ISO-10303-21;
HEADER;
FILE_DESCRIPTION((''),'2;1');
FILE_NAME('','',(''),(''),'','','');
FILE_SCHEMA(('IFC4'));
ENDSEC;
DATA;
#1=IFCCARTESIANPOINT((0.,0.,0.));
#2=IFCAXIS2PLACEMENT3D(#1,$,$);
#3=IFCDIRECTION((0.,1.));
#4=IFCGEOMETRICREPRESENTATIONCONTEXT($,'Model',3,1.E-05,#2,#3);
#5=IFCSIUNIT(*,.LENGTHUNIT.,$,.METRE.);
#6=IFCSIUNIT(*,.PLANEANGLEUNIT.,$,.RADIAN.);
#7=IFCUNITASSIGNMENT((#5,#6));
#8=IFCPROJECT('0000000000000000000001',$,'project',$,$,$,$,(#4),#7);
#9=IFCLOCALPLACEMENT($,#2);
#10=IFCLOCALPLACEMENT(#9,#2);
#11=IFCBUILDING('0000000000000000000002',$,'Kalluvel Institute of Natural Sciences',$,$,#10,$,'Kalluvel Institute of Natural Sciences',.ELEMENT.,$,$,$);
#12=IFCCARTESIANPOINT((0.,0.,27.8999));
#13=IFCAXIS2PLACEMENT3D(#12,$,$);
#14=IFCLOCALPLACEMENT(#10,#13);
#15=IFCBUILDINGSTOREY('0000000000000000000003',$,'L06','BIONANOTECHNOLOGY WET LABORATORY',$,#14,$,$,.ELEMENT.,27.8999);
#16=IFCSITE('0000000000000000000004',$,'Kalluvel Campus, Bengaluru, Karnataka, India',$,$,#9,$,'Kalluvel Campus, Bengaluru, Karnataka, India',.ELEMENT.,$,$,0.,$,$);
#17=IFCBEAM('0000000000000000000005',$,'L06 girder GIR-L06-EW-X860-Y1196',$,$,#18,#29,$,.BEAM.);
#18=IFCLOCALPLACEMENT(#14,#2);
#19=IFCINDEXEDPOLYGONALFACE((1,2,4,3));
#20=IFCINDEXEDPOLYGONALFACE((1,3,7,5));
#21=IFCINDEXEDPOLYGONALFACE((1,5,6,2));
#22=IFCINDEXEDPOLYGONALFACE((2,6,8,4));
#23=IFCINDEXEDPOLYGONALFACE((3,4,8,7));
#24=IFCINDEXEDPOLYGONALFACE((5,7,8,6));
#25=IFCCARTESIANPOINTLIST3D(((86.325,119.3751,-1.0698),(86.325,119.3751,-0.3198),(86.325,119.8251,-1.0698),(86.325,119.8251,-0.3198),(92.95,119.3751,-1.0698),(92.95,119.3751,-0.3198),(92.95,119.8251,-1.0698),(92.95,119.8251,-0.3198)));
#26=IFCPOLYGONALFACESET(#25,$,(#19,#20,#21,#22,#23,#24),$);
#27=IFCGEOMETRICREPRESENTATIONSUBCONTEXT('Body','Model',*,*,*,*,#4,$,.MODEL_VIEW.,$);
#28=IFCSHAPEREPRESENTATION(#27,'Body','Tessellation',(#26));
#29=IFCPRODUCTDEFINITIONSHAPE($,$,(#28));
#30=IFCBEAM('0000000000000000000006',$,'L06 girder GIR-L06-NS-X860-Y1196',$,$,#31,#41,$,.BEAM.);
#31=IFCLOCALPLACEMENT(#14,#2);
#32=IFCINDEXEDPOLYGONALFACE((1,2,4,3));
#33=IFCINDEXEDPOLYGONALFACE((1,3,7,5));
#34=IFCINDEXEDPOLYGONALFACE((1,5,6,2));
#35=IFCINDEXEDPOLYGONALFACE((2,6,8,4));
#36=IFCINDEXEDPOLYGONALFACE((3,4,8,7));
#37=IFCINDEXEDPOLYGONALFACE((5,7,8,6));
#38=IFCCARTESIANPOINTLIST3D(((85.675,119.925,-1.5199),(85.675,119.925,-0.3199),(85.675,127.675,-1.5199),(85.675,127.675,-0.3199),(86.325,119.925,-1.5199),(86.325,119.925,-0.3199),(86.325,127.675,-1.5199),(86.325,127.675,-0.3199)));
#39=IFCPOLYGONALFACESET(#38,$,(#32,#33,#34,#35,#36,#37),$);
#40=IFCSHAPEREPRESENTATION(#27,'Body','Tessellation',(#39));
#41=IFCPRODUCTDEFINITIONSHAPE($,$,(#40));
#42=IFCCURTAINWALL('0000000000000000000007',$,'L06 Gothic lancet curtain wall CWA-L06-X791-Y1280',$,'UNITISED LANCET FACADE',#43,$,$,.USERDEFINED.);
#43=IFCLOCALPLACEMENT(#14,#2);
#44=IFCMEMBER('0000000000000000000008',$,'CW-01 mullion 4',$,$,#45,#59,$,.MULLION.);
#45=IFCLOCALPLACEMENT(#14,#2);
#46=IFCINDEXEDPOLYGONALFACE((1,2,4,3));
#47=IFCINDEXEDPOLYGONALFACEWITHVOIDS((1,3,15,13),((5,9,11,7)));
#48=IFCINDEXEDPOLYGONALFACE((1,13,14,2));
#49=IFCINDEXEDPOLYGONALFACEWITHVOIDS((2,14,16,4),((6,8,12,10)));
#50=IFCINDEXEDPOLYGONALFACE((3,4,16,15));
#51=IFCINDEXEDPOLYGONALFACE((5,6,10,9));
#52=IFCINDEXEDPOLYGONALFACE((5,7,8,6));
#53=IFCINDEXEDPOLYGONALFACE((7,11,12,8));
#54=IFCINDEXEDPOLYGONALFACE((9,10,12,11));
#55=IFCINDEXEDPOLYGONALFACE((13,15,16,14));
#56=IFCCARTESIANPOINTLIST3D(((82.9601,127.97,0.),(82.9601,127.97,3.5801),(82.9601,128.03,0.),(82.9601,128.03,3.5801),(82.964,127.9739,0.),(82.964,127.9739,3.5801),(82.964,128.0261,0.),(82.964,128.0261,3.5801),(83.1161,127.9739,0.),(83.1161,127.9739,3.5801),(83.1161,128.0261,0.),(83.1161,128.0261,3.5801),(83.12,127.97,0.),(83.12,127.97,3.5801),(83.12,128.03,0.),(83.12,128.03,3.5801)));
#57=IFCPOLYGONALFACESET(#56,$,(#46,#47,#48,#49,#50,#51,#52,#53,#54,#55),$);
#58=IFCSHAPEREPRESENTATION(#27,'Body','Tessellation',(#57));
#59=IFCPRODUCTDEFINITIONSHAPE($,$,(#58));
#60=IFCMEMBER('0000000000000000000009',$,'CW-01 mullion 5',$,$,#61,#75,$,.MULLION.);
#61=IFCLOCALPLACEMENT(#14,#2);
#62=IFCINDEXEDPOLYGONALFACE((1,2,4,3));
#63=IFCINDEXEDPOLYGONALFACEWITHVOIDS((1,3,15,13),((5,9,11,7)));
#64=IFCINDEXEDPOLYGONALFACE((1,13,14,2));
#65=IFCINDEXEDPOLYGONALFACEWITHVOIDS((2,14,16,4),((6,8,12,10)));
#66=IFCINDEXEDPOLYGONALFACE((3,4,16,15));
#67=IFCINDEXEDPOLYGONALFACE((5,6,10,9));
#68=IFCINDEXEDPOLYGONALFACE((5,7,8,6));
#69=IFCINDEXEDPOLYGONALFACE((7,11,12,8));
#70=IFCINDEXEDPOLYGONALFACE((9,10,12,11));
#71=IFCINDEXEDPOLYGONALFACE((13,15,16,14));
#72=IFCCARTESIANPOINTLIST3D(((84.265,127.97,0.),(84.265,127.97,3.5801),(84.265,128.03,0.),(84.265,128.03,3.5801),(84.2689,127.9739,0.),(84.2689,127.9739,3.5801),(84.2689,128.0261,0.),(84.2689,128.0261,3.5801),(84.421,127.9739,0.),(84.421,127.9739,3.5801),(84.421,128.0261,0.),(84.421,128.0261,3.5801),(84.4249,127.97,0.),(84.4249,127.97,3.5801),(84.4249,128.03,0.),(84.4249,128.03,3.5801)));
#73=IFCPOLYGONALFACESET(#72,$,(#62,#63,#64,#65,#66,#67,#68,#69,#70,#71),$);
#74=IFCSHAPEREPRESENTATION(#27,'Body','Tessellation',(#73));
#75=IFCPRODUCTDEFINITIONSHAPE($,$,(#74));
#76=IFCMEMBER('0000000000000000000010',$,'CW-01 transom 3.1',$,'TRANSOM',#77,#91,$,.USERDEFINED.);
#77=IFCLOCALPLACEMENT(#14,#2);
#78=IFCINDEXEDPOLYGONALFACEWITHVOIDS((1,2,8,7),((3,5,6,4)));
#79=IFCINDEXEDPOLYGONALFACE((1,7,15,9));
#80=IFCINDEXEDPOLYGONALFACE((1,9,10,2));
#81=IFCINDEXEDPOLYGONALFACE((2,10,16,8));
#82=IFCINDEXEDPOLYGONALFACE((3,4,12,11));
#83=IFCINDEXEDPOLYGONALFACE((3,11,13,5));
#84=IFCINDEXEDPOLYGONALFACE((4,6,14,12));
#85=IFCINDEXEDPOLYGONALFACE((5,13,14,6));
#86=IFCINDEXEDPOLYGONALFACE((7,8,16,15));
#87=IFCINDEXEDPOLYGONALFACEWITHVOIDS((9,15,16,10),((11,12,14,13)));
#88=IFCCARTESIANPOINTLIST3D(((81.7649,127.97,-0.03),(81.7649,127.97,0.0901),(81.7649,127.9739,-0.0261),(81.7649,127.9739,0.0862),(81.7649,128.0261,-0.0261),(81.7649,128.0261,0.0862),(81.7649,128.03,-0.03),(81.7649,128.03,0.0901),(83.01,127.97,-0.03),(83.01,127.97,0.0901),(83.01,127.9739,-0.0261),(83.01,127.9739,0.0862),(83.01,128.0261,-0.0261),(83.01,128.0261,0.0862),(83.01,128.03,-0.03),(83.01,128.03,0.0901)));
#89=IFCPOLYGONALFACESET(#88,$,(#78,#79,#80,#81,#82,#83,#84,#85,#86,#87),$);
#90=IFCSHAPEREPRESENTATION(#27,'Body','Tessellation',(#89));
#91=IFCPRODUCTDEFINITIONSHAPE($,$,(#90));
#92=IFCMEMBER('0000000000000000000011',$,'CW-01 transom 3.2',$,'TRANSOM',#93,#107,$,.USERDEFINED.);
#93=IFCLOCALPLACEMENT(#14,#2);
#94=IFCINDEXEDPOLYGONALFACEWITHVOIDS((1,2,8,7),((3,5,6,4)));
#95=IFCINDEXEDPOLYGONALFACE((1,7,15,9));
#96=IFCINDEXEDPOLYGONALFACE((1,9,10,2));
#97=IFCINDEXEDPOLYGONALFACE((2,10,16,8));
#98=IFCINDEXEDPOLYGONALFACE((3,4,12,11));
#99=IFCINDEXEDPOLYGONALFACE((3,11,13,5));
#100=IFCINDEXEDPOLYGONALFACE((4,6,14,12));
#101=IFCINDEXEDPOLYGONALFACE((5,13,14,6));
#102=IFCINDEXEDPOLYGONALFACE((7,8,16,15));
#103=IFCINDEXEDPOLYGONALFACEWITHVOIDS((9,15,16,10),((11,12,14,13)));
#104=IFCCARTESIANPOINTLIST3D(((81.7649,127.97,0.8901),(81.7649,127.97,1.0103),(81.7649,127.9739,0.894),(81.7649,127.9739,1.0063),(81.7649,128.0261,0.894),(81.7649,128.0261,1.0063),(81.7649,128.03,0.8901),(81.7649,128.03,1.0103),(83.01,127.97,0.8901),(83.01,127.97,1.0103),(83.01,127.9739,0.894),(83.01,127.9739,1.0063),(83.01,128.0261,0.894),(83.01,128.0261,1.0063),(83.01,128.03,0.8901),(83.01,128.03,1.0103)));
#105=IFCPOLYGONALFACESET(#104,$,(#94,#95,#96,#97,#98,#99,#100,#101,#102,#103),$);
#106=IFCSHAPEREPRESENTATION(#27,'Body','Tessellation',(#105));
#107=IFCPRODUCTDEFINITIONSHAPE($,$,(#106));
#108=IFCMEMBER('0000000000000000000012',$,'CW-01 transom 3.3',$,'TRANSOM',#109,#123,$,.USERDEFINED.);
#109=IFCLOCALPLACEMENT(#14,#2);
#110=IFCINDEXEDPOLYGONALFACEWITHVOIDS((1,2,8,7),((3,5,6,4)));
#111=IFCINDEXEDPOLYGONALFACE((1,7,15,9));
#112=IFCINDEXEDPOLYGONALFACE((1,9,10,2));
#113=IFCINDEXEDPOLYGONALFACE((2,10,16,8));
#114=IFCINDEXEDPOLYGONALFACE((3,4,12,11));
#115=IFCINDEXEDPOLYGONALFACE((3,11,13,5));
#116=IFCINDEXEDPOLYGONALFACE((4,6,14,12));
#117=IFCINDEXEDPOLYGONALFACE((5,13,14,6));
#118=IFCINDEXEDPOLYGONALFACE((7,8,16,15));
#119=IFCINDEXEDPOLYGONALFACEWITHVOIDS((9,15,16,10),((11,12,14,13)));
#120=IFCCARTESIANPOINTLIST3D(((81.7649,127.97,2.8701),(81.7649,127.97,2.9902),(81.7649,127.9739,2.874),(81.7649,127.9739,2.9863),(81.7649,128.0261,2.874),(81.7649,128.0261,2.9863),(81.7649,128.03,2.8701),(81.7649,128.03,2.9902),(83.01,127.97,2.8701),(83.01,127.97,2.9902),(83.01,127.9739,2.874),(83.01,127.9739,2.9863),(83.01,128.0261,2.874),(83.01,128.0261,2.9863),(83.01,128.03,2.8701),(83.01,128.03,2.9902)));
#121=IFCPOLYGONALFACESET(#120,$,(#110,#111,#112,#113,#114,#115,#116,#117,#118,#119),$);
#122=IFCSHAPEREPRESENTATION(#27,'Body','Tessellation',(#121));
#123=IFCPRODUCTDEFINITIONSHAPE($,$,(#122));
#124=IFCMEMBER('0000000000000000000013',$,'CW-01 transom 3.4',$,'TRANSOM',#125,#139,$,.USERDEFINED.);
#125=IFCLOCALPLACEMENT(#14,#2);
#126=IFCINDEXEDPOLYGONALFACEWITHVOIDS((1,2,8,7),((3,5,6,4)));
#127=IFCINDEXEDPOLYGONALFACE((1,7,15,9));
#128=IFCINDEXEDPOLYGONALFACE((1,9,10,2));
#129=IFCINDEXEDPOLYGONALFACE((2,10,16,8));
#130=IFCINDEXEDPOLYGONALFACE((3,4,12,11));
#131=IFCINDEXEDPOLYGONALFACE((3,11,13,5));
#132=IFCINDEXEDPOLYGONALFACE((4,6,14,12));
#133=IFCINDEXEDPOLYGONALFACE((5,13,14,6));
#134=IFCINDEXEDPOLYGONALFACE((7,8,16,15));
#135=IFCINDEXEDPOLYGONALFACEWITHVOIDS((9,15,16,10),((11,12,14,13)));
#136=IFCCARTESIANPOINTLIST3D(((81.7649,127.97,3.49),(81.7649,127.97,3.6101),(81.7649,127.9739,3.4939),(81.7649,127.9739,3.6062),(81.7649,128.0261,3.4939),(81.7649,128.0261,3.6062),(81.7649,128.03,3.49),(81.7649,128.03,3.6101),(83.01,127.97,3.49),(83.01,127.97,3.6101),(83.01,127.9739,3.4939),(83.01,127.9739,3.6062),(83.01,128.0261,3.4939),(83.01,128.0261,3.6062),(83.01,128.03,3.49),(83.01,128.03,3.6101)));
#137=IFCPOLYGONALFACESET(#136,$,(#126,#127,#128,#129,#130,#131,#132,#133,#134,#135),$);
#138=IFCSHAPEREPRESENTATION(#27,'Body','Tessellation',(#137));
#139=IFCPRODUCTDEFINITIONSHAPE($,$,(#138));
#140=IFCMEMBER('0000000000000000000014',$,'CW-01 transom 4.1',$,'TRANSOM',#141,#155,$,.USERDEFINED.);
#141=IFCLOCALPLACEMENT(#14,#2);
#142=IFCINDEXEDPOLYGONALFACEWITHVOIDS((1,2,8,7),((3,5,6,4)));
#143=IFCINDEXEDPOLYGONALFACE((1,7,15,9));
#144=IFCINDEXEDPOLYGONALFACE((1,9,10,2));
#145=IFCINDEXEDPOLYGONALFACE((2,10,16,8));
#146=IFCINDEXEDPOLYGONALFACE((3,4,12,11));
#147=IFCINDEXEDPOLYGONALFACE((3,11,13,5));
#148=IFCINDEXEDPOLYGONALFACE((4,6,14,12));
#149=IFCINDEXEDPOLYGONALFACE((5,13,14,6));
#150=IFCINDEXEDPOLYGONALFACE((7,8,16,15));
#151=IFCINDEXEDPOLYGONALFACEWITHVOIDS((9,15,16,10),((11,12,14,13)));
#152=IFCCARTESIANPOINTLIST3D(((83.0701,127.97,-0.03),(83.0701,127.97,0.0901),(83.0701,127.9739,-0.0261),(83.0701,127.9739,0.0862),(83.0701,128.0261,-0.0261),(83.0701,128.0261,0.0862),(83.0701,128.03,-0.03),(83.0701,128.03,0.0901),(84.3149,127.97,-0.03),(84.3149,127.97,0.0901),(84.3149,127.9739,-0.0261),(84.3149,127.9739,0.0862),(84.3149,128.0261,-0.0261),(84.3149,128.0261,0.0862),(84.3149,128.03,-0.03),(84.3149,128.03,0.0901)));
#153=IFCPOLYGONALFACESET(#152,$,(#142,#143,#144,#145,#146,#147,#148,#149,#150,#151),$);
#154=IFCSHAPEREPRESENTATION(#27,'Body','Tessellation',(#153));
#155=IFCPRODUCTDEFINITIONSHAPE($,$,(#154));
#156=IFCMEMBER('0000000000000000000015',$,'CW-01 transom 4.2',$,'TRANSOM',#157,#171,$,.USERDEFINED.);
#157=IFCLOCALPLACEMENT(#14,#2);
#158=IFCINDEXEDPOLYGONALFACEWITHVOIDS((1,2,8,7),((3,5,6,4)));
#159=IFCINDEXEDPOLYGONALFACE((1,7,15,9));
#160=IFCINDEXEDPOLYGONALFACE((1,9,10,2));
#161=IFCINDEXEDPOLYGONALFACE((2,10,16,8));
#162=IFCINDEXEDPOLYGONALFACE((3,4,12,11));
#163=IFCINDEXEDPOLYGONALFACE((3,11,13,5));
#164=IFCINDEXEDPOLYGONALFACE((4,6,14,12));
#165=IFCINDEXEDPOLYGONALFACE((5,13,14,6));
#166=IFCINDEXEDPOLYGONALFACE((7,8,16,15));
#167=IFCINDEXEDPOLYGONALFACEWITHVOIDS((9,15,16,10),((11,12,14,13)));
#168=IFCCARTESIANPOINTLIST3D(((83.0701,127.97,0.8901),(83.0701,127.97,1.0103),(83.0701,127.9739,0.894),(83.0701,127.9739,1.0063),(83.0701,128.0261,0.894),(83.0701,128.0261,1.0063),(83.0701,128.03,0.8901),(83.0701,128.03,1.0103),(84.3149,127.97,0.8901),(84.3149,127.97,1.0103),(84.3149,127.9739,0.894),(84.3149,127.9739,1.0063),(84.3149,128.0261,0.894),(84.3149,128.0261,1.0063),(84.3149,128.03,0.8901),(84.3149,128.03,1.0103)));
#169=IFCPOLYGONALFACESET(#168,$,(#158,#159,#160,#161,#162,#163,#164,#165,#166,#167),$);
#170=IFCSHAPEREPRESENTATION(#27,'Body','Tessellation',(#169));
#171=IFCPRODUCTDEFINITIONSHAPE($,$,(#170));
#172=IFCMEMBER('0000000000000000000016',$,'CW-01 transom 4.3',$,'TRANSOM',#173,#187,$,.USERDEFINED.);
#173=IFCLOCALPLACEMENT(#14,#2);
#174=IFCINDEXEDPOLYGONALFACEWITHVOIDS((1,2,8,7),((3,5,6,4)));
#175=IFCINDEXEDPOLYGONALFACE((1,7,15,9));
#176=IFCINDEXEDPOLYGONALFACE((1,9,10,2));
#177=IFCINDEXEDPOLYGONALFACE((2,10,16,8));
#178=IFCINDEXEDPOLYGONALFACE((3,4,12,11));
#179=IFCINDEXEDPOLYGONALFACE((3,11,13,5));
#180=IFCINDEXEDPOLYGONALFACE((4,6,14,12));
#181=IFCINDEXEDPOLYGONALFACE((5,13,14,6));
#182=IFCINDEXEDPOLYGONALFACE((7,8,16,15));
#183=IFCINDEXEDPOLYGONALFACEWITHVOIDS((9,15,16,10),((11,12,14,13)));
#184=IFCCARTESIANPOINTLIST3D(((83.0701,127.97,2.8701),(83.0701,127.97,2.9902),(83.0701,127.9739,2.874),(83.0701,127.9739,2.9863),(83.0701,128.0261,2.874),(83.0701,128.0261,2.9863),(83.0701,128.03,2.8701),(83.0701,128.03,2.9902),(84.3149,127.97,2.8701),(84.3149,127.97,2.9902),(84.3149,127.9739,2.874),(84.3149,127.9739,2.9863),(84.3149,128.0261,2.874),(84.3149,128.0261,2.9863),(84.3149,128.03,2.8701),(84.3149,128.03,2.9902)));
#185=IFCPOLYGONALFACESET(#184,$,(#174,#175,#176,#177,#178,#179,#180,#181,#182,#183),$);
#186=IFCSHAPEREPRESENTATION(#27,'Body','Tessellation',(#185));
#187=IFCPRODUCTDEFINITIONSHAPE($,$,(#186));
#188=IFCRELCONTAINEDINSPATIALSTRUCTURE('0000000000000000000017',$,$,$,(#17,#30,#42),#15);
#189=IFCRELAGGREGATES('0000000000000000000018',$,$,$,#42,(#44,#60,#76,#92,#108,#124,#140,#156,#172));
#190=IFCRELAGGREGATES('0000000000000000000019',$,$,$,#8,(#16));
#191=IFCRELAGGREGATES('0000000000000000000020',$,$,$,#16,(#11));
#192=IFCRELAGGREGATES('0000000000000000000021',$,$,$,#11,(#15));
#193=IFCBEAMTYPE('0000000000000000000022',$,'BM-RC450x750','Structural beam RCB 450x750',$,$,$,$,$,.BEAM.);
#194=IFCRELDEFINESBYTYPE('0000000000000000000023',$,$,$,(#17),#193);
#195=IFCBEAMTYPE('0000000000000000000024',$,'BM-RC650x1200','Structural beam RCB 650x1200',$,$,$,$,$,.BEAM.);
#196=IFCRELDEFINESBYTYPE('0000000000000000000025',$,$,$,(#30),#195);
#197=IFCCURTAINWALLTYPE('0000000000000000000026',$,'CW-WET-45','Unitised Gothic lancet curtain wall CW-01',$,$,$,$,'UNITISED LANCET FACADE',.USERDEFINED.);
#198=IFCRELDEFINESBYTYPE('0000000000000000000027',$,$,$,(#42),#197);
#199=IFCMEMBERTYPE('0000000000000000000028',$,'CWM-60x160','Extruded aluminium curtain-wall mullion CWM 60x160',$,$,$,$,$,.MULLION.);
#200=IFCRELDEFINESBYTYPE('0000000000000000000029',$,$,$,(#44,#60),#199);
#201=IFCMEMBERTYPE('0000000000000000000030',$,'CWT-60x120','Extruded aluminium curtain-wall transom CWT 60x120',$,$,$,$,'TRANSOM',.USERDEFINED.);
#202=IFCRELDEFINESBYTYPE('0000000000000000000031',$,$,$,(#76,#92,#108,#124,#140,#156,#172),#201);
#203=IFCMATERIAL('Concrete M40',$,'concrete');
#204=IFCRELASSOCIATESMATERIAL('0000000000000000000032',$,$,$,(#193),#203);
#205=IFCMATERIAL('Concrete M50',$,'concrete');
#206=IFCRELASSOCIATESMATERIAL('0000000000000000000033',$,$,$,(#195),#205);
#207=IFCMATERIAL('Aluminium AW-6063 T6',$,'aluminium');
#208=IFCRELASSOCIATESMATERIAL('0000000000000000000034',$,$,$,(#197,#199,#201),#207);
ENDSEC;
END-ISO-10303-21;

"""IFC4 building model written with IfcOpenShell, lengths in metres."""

from ifc_helpers import new_model, si_unit, direction, frame, origin, origin_2d, place, context, subcontext, project, spatial, rectangle, hollow_rectangle, extrude, material, material_profile, profile_set, type_object, element, aggregate, save


model = new_model("IFC4")

# Units and contexts
model_context = context("Model", 3, precision=1e-05, world=origin(), true_north=direction((0.0, 1.0)))
body_context = subcontext(model_context, "Body", "Model", "MODEL_VIEW")
ifc_project = project(units=[si_unit("LENGTHUNIT", "METRE"), si_unit("PLANEANGLEUNIT", "RADIAN")], contexts=[model_context])

# Site, building, storey
site_placement = place(None, origin())
site = spatial("IfcSite", under=ifc_project, at=site_placement, Name="Kalluvel Campus, Bengaluru, Karnataka, India", LongName="Kalluvel Campus, Bengaluru, Karnataka, India", CompositionType="ELEMENT", RefElevation=0.0)
building_placement = place(site_placement, origin())
building = spatial("IfcBuilding", under=site, at=building_placement, Name="Kalluvel Institute of Natural Sciences", LongName="Kalluvel Institute of Natural Sciences", CompositionType="ELEMENT")
storey_placement = place(building_placement, frame((0.0, 0.0, 27.8999)))
storey = spatial("IfcBuildingStorey", under=building, at=storey_placement, Name="L06", Description="BIONANOTECHNOLOGY WET LABORATORY", CompositionType="ELEMENT", Elevation=27.8999)

# Beams
ifc_material_1 = material(Name="Concrete M40", Category="concrete")
ifc_material_profile_1 = material_profile(ifc_material_1, rectangle(XDim=0.45, YDim=0.75, at=origin_2d()), Name="RCB 450x750")
ifc_profile_set_1 = profile_set([ifc_material_profile_1], Name="Concrete M40")
beam_type_1 = type_object("IfcBeamType", Name="BM-RC450x750", Description="Structural beam RCB 450x750", PredefinedType="BEAM", material=ifc_profile_set_1)
beam_1_placement = place(storey_placement, frame((86.325, 119.6001, -0.6948), z_axis=(1.0, 0.0, 0.0), x_axis=(0.0, 1.0, 0.0)))
element("IfcBeam", 1, at=beam_1_placement, inside=storey, type_object=beam_type_1, Name="L06 girder GIR-L06-EW-X860-Y1196", PredefinedType="BEAM", context=body_context, shape_type="SweptSolid", body=[
    extrude(rectangle(XDim=0.45, YDim=0.75, at=origin_2d()), origin(), (0.0, 0.0, 1.0), 6.625),
])
ifc_material_2 = material(Name="Concrete M50", Category="concrete")
ifc_material_profile_2 = material_profile(ifc_material_2, rectangle(XDim=0.6499, YDim=1.2, at=origin_2d()), Name="RCB 650x1200")
ifc_profile_set_2 = profile_set([ifc_material_profile_2], Name="Concrete M50")
beam_type_2 = type_object("IfcBeamType", Name="BM-RC650x1200", Description="Structural beam RCB 650x1200", PredefinedType="BEAM", material=ifc_profile_set_2)
beam_2_placement = place(storey_placement, frame((86.0, 119.925, -0.9199), z_axis=(0.0, 1.0, 0.0), x_axis=(-1.0, 0.0, 0.0)))
element("IfcBeam", 2, at=beam_2_placement, inside=storey, type_object=beam_type_2, Name="L06 girder GIR-L06-NS-X860-Y1196", PredefinedType="BEAM", context=body_context, shape_type="SweptSolid", body=[
    extrude(rectangle(XDim=0.6499, YDim=1.2, at=origin_2d()), origin(), (0.0, 0.0, 1.0), 7.75),
])

# Curtain wall, members
ifc_material_3 = material(Name="Aluminium AW-6063 T6", Category="aluminium")
curtain_wall_type = type_object("IfcCurtainWallType", Name="CW-WET-45", Description="Unitised Gothic lancet curtain wall CW-01", ElementType="UNITISED LANCET FACADE", PredefinedType="USERDEFINED", material=ifc_material_3)
curtain_wall_placement = place(storey_placement, origin())
curtain_wall = element("IfcCurtainWall", 3, at=curtain_wall_placement, inside=storey, type_object=curtain_wall_type, Name="L06 Gothic lancet curtain wall CWA-L06-X791-Y1280", ObjectType="UNITISED LANCET FACADE", PredefinedType="USERDEFINED")
ifc_material_profile_3 = material_profile(ifc_material_3, hollow_rectangle(XDim=0.0601, YDim=0.1599, WallThickness=0.0039, at=origin_2d()), Name="CWM 60x160")
ifc_profile_set_3 = profile_set([ifc_material_profile_3], Name="Aluminium AW-6063 T6")
member_type_1 = type_object("IfcMemberType", Name="CWM-60x160", Description="Extruded aluminium curtain-wall mullion CWM 60x160", PredefinedType="MULLION", material=ifc_profile_set_3)
member_1_placement = place(storey_placement, frame((83.04, 128.0, 0.0), z_axis=(0.0, 0.0, 1.0), x_axis=(0.0, 1.0, 0.0)))
member_1 = element("IfcMember", 4, at=member_1_placement, type_object=member_type_1, Name="CW-01 mullion 4", PredefinedType="MULLION", context=body_context, shape_type="SweptSolid", body=[
    extrude(hollow_rectangle(XDim=0.0601, YDim=0.1599, WallThickness=0.0039, at=origin_2d()), origin(), (0.0, 0.0, 1.0), 3.5801),
])
member_2_placement = place(storey_placement, frame((84.345, 128.0, 0.0), z_axis=(0.0, 0.0, 1.0), x_axis=(0.0, 1.0, 0.0)))
member_2 = element("IfcMember", 5, at=member_2_placement, type_object=member_type_1, Name="CW-01 mullion 5", PredefinedType="MULLION", context=body_context, shape_type="SweptSolid", body=[
    extrude(hollow_rectangle(XDim=0.0601, YDim=0.1599, WallThickness=0.0039, at=origin_2d()), origin(), (0.0, 0.0, 1.0), 3.5801),
])
ifc_material_profile_4 = material_profile(ifc_material_3, hollow_rectangle(XDim=0.0601, YDim=0.1201, WallThickness=0.0039, at=origin_2d()), Name="CWT 60x120")
ifc_profile_set_4 = profile_set([ifc_material_profile_4], Name="Aluminium AW-6063 T6")
member_type_2 = type_object("IfcMemberType", Name="CWT-60x120", Description="Extruded aluminium curtain-wall transom CWT 60x120", ElementType="TRANSOM", PredefinedType="USERDEFINED", material=ifc_profile_set_4)
member_3_placement = place(storey_placement, frame((81.7649, 128.0, 0.03), z_axis=(1.0, 0.0, 0.0), x_axis=(0.0, 1.0, 0.0)))
member_3 = element("IfcMember", 6, at=member_3_placement, type_object=member_type_2, Name="CW-01 transom 3.1", ObjectType="TRANSOM", PredefinedType="USERDEFINED", context=body_context, shape_type="SweptSolid", body=[
    extrude(hollow_rectangle(XDim=0.0601, YDim=0.1201, WallThickness=0.0039, at=origin_2d()), origin(), (0.0, 0.0, 1.0), 1.2451),
])
member_4_placement = place(storey_placement, frame((81.7649, 128.0, 0.9502), z_axis=(1.0, 0.0, 0.0), x_axis=(0.0, 1.0, 0.0)))
member_4 = element("IfcMember", 7, at=member_4_placement, type_object=member_type_2, Name="CW-01 transom 3.2", ObjectType="TRANSOM", PredefinedType="USERDEFINED", context=body_context, shape_type="SweptSolid", body=[
    extrude(hollow_rectangle(XDim=0.0601, YDim=0.1201, WallThickness=0.0039, at=origin_2d()), origin(), (0.0, 0.0, 1.0), 1.2451),
])
member_5_placement = place(storey_placement, frame((81.7649, 128.0, 2.9302), z_axis=(1.0, 0.0, 0.0), x_axis=(0.0, 1.0, 0.0)))
member_5 = element("IfcMember", 8, at=member_5_placement, type_object=member_type_2, Name="CW-01 transom 3.3", ObjectType="TRANSOM", PredefinedType="USERDEFINED", context=body_context, shape_type="SweptSolid", body=[
    extrude(hollow_rectangle(XDim=0.0601, YDim=0.1201, WallThickness=0.0039, at=origin_2d()), origin(), (0.0, 0.0, 1.0), 1.2451),
])
member_6_placement = place(storey_placement, frame((81.7649, 128.0, 3.55), z_axis=(1.0, 0.0, 0.0), x_axis=(0.0, 1.0, 0.0)))
member_6 = element("IfcMember", 9, at=member_6_placement, type_object=member_type_2, Name="CW-01 transom 3.4", ObjectType="TRANSOM", PredefinedType="USERDEFINED", context=body_context, shape_type="SweptSolid", body=[
    extrude(hollow_rectangle(XDim=0.0601, YDim=0.1201, WallThickness=0.0039, at=origin_2d()), origin(), (0.0, 0.0, 1.0), 1.2451),
])
member_7_placement = place(storey_placement, frame((83.0701, 128.0, 0.03), z_axis=(1.0, 0.0, 0.0), x_axis=(0.0, 1.0, 0.0)))
member_7 = element("IfcMember", 10, at=member_7_placement, type_object=member_type_2, Name="CW-01 transom 4.1", ObjectType="TRANSOM", PredefinedType="USERDEFINED", context=body_context, shape_type="SweptSolid", body=[
    extrude(hollow_rectangle(XDim=0.0601, YDim=0.1201, WallThickness=0.0039, at=origin_2d()), origin(), (0.0, 0.0, 1.0), 1.2449),
])
member_8_placement = place(storey_placement, frame((83.0701, 128.0, 0.9502), z_axis=(1.0, 0.0, 0.0), x_axis=(0.0, 1.0, 0.0)))
member_8 = element("IfcMember", 11, at=member_8_placement, type_object=member_type_2, Name="CW-01 transom 4.2", ObjectType="TRANSOM", PredefinedType="USERDEFINED", context=body_context, shape_type="SweptSolid", body=[
    extrude(hollow_rectangle(XDim=0.0601, YDim=0.1201, WallThickness=0.0039, at=origin_2d()), origin(), (0.0, 0.0, 1.0), 1.2449),
])
member_9_placement = place(storey_placement, frame((83.0701, 128.0, 2.9302), z_axis=(1.0, 0.0, 0.0), x_axis=(0.0, 1.0, 0.0)))
member_9 = element("IfcMember", 12, at=member_9_placement, type_object=member_type_2, Name="CW-01 transom 4.3", ObjectType="TRANSOM", PredefinedType="USERDEFINED", context=body_context, shape_type="SweptSolid", body=[
    extrude(hollow_rectangle(XDim=0.0601, YDim=0.1201, WallThickness=0.0039, at=origin_2d()), origin(), (0.0, 0.0, 1.0), 1.2449),
])

aggregate(curtain_wall, [member_1, member_2, member_3, member_4, member_5, member_6, member_7, member_8, member_9])

save(model, "model.ifc")
